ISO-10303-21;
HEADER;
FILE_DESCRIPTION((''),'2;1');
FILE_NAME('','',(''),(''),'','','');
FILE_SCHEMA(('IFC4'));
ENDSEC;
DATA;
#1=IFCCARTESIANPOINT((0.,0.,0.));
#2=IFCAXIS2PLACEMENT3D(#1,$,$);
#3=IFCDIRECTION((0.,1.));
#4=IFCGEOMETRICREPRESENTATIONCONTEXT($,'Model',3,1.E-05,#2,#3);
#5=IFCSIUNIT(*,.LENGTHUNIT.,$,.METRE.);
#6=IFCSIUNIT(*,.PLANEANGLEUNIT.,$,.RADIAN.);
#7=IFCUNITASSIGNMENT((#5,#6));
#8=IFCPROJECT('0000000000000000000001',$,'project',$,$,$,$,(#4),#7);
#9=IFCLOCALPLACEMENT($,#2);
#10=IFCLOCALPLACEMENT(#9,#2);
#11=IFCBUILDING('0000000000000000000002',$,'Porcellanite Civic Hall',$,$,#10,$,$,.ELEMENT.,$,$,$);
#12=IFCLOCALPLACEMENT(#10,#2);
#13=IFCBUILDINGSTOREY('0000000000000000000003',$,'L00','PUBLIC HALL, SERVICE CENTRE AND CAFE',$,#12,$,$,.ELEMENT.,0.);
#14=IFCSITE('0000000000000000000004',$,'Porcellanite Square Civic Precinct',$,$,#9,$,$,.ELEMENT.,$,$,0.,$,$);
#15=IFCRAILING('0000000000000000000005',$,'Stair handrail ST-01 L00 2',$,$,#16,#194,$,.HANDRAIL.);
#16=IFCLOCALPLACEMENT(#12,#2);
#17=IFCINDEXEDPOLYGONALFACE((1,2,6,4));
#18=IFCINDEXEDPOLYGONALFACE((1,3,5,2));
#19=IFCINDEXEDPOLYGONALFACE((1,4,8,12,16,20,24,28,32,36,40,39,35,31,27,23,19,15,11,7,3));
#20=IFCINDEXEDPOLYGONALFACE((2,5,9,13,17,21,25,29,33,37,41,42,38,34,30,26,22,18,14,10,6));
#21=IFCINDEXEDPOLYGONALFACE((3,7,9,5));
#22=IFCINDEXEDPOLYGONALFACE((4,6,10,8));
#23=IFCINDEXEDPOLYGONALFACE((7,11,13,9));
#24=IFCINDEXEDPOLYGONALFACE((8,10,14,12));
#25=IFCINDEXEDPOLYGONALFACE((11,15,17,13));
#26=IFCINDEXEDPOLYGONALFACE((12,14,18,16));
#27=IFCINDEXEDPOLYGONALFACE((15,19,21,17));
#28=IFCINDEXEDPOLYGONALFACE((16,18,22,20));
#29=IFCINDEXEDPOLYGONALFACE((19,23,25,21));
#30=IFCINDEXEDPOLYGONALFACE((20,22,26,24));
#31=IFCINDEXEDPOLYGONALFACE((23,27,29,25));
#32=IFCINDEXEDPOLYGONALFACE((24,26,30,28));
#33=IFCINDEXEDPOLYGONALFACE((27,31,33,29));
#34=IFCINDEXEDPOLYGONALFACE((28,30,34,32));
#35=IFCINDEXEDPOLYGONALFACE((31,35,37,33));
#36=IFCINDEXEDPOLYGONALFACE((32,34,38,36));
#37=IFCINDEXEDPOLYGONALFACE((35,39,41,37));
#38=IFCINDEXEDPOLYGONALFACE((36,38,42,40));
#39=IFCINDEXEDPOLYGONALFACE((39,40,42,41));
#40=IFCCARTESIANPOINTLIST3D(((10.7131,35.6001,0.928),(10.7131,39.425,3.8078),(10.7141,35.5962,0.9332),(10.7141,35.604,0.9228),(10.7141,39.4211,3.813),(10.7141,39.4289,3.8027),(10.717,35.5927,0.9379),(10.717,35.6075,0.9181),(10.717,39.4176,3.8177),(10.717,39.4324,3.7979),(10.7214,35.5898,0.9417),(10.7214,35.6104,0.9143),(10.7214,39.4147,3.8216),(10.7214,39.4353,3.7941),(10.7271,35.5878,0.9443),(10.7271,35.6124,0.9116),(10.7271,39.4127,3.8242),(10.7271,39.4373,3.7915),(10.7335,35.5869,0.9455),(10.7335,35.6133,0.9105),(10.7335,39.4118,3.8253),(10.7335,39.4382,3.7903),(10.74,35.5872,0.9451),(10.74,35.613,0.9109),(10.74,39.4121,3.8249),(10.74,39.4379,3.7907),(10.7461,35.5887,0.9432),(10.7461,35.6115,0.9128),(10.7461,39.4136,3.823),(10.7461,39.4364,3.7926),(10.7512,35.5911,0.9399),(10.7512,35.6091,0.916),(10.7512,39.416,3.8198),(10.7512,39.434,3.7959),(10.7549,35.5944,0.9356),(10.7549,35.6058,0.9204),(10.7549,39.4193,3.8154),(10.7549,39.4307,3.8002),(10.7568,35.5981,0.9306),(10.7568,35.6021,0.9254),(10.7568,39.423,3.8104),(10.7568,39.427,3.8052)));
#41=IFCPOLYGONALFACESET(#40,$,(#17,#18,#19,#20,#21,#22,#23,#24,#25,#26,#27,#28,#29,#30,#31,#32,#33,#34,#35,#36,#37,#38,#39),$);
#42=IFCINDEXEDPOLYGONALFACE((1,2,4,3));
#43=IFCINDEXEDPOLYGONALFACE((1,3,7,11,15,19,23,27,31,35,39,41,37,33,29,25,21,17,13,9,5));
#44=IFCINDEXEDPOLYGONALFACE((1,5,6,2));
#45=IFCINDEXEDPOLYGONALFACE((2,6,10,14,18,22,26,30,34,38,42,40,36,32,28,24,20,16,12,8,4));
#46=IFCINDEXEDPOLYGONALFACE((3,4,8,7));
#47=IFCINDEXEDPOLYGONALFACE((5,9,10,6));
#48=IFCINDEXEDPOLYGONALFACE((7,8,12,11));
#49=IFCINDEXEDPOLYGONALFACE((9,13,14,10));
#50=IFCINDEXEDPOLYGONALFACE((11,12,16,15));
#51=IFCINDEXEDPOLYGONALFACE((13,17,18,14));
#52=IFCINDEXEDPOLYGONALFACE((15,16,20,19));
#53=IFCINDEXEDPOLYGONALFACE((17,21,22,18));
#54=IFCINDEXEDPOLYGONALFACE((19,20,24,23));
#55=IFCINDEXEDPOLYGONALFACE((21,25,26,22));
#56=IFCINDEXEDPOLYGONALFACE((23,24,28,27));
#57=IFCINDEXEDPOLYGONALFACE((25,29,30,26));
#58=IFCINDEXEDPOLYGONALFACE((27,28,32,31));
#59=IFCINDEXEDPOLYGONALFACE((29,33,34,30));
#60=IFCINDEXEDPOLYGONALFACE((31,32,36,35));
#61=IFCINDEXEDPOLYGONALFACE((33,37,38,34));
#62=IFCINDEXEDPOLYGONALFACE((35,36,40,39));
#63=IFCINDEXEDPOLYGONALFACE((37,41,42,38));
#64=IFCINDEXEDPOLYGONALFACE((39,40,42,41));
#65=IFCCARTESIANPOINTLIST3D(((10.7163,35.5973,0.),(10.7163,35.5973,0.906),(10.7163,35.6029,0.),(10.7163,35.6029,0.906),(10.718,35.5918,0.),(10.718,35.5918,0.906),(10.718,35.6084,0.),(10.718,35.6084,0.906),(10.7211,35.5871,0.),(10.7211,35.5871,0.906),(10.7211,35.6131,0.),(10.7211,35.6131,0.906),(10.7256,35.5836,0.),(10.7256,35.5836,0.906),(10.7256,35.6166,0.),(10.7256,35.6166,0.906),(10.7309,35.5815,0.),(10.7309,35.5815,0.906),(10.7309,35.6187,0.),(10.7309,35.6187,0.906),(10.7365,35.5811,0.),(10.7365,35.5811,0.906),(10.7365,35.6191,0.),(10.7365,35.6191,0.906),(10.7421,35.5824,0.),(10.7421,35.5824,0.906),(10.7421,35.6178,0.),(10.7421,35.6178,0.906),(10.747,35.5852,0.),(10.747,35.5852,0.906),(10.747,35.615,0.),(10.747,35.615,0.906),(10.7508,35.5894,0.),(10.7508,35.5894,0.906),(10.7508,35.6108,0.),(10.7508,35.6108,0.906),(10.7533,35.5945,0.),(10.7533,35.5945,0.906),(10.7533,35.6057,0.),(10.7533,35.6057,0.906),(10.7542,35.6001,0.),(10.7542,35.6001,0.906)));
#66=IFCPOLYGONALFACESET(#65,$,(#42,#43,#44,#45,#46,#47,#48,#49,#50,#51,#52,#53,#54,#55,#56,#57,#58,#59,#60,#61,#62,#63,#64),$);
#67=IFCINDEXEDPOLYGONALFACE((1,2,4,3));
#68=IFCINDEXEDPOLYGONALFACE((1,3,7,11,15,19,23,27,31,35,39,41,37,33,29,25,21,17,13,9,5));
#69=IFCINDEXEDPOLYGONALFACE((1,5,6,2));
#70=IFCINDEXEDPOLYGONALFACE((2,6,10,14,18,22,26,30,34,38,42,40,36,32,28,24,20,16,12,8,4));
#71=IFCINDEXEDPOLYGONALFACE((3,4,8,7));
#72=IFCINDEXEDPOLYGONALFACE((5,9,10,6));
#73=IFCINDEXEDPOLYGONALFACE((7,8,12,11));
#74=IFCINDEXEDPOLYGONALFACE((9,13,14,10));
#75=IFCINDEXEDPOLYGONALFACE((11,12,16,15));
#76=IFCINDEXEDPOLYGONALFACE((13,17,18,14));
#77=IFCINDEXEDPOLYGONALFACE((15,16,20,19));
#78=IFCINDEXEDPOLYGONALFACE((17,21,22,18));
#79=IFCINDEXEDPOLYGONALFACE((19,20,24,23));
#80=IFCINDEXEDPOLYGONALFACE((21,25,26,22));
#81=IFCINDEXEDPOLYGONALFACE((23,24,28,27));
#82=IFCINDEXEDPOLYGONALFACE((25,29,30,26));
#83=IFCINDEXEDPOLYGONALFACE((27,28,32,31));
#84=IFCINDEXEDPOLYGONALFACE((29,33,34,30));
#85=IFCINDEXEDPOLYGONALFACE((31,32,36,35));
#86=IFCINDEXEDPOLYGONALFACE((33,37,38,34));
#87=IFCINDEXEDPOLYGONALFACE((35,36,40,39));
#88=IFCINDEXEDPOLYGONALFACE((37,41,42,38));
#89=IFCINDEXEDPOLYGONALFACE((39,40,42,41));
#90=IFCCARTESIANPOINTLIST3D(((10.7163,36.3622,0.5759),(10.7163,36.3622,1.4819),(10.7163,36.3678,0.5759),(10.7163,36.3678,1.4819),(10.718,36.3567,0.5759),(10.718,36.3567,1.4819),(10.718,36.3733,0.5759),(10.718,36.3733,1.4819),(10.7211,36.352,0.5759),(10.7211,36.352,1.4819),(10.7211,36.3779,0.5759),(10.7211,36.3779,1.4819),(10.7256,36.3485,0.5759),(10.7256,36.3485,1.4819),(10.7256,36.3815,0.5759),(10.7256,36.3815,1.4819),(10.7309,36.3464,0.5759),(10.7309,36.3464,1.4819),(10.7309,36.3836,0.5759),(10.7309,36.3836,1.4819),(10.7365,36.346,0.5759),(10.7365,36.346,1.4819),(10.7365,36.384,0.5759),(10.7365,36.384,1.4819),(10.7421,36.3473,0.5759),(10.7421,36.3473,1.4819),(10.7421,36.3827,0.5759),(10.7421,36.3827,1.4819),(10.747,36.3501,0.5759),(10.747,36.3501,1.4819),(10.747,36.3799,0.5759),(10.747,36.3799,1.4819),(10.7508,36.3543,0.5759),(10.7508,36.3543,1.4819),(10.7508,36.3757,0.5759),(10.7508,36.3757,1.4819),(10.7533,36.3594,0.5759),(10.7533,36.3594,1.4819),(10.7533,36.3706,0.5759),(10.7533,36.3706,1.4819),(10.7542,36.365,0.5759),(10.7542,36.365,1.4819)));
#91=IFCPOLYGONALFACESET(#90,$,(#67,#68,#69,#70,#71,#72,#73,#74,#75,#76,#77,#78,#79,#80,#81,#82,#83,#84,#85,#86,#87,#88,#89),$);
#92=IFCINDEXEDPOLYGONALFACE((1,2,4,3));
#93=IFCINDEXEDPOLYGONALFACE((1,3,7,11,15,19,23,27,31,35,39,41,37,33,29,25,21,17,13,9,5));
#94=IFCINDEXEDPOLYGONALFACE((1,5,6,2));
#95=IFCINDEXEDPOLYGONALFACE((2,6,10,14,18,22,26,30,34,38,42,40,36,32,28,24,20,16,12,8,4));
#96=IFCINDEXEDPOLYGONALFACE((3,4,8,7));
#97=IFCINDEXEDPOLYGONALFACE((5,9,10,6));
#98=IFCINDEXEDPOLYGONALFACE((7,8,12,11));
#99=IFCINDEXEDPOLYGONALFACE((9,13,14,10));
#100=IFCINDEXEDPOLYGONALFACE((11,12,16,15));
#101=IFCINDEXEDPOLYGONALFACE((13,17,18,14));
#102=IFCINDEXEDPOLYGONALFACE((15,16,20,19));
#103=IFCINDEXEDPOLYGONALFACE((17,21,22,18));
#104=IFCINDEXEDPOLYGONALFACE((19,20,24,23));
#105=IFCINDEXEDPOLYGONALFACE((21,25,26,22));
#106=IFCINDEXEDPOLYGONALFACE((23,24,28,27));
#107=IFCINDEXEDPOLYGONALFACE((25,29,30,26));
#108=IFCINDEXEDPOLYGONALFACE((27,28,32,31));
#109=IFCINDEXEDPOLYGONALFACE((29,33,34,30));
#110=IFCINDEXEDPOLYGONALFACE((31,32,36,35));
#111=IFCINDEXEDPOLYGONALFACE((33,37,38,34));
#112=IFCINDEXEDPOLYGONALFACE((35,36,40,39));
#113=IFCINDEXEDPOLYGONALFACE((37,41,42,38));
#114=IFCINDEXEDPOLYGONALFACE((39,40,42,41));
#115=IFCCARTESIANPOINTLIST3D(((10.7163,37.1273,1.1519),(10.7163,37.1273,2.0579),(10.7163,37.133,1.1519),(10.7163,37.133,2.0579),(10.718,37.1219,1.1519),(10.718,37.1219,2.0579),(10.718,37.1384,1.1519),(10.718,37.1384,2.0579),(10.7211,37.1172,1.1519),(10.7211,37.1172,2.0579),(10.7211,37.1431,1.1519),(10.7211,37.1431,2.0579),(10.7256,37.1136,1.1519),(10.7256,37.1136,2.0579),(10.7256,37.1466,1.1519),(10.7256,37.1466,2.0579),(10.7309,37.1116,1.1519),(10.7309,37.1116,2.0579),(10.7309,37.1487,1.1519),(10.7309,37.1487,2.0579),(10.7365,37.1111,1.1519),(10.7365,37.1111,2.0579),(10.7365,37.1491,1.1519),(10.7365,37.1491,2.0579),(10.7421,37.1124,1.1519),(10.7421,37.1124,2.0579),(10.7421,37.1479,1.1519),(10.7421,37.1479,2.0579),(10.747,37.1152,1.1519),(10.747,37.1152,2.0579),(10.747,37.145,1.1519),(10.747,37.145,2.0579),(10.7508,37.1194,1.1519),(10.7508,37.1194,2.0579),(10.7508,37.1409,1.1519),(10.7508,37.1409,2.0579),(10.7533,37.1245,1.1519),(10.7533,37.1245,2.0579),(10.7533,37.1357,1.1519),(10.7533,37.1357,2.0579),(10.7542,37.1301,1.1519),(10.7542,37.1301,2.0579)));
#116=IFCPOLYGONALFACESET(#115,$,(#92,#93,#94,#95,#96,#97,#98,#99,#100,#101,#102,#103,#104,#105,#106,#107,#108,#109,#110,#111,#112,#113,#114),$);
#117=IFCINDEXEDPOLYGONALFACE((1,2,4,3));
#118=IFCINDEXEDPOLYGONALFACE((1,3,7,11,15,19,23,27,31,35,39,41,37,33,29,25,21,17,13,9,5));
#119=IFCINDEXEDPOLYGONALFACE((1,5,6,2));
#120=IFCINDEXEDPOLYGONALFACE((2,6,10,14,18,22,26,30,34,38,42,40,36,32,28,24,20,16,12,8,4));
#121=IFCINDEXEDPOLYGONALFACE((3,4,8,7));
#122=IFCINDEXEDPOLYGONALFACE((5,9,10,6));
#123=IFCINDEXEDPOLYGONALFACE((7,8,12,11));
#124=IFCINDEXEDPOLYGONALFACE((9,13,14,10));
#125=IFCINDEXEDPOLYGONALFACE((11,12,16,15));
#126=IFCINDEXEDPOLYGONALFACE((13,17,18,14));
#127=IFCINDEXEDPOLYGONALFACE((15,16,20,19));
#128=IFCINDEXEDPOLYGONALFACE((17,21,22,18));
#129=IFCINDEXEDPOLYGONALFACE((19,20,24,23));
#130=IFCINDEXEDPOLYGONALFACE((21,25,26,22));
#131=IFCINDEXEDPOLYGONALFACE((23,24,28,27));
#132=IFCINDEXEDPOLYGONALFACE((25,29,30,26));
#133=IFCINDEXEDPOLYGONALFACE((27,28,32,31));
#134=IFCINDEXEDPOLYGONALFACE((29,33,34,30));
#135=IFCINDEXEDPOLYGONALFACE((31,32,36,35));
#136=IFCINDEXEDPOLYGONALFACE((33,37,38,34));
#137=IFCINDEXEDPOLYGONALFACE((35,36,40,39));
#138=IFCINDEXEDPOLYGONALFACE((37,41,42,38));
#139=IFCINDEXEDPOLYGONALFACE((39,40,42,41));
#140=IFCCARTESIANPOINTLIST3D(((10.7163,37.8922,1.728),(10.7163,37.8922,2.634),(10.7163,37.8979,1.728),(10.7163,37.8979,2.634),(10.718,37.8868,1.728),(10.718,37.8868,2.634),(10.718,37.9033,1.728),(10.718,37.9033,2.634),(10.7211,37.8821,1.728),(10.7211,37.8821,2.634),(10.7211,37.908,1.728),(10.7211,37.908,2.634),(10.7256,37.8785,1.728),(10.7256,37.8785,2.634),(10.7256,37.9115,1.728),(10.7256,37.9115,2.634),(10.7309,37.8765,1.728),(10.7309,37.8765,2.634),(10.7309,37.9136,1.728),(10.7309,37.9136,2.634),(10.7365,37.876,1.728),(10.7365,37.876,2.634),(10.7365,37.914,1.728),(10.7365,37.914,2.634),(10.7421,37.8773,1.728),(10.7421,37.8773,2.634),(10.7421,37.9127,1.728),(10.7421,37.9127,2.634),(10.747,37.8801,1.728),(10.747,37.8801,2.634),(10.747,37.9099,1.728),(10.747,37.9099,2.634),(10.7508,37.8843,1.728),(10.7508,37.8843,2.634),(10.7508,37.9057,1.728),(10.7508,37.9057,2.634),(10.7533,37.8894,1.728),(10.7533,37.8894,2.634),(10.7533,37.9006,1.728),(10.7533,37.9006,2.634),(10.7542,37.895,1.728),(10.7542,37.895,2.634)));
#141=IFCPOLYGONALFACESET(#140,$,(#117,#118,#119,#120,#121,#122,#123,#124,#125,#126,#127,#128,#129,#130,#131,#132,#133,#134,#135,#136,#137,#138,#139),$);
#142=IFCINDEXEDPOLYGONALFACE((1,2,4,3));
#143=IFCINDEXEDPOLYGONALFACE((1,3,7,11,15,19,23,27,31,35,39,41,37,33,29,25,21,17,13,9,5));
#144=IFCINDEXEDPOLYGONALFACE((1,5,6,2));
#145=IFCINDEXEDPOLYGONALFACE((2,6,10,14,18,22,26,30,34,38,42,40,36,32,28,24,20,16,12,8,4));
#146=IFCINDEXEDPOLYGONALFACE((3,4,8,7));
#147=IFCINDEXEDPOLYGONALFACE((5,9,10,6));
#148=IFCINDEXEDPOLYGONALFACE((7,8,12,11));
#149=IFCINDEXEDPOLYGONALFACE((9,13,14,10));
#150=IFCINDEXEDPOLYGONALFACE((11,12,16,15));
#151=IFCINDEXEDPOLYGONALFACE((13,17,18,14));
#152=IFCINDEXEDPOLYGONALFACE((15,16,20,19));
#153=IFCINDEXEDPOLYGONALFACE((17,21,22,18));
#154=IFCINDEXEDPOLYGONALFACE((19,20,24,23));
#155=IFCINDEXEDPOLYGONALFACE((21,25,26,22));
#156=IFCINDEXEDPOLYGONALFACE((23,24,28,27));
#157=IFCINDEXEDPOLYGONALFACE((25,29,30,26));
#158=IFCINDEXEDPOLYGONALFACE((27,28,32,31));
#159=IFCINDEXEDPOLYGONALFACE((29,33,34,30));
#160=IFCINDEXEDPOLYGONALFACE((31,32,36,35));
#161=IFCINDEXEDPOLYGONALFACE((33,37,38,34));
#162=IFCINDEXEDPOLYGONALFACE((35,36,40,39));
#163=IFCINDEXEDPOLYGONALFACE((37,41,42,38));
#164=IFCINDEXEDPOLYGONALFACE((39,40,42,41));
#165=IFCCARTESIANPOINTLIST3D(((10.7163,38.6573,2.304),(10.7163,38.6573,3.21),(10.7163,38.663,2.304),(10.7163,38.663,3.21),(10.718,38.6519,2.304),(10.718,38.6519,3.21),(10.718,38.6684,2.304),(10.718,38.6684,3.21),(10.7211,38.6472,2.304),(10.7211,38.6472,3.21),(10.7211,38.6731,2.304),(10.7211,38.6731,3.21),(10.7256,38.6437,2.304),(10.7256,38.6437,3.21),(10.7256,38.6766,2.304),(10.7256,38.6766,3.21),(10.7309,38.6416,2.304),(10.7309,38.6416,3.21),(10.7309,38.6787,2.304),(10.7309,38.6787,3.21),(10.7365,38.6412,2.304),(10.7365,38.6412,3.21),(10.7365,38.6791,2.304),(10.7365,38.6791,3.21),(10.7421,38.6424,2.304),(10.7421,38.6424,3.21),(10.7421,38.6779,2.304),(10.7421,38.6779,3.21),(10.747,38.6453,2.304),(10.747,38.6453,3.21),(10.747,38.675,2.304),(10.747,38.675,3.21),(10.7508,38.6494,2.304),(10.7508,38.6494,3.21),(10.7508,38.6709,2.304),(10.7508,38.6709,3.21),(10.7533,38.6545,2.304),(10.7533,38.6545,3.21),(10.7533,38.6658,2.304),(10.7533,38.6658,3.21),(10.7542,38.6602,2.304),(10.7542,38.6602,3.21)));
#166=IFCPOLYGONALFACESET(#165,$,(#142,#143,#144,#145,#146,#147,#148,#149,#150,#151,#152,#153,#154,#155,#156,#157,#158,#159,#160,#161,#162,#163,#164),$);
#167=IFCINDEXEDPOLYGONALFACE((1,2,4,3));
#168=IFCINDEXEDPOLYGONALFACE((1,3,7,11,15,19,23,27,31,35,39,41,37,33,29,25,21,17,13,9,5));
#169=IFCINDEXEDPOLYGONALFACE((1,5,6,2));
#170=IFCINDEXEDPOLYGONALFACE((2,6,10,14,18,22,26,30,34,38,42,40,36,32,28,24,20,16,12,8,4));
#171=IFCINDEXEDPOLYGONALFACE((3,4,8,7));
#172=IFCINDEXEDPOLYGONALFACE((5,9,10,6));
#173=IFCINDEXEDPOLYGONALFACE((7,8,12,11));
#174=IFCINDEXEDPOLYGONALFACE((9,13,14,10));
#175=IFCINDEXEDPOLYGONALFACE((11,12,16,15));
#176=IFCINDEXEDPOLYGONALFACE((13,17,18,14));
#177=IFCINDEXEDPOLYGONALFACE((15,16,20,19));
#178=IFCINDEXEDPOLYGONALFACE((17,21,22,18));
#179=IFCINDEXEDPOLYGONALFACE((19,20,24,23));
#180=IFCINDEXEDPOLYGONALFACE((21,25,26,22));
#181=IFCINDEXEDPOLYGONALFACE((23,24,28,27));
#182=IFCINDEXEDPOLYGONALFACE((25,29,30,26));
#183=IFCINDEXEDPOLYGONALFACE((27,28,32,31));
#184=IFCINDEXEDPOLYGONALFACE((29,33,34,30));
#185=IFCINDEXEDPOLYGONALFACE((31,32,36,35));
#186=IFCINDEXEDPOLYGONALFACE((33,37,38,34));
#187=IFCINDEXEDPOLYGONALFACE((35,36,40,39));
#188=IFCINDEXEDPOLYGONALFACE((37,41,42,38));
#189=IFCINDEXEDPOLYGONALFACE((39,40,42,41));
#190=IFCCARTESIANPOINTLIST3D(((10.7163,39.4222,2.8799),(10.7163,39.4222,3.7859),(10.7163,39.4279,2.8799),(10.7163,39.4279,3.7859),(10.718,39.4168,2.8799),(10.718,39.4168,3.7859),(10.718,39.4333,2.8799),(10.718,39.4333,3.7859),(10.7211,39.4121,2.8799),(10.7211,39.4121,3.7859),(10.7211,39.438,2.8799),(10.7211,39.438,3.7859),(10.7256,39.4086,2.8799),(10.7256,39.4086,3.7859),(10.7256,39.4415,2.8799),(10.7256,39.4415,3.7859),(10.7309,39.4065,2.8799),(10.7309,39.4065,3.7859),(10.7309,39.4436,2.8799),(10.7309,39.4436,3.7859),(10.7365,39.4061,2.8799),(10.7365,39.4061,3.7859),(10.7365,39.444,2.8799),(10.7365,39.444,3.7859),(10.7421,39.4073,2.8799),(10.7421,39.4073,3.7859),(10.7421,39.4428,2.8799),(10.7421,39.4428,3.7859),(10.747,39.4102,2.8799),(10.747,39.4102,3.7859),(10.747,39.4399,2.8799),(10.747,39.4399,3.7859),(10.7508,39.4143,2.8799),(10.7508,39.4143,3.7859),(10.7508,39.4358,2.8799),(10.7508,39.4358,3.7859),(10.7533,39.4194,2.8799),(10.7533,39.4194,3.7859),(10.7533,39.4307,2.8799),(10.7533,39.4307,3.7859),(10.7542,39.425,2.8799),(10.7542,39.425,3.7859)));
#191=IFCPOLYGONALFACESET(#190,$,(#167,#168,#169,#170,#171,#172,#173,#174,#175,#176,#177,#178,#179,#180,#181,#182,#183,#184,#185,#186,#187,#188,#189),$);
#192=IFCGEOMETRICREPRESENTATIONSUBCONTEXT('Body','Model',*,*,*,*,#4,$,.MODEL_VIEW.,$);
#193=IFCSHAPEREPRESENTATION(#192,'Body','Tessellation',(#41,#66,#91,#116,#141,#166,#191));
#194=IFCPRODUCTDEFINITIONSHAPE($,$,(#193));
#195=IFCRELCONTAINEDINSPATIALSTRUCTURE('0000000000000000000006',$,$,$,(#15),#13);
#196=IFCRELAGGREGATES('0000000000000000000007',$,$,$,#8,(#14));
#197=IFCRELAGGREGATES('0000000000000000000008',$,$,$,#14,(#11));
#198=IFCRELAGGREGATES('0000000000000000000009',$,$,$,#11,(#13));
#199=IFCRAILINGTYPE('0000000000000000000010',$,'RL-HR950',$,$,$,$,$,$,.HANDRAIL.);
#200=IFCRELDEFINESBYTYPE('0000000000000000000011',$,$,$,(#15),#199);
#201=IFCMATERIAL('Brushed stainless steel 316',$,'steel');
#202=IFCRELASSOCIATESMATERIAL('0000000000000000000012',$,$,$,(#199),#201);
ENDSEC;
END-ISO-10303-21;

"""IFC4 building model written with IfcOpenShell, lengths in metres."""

from ifc_helpers import new_model, si_unit, direction, frame, origin, origin_2d, place, context, subcontext, project, spatial, circle, extrude, material, type_object, element, save


model = new_model("IFC4")

# Units and contexts
model_context = context("Model", 3, precision=1e-05, world=origin(), true_north=direction((0.0, 1.0)))
body_context = subcontext(model_context, "Body", "Model", "MODEL_VIEW")
ifc_project = project(units=[si_unit("LENGTHUNIT", "METRE"), si_unit("PLANEANGLEUNIT", "RADIAN")], contexts=[model_context])

# Site, building, storey
site_placement = place(None, origin())
site = spatial("IfcSite", under=ifc_project, at=site_placement, Name="Porcellanite Square Civic Precinct", CompositionType="ELEMENT", RefElevation=0.0)
building_placement = place(site_placement, origin())
building = spatial("IfcBuilding", under=site, at=building_placement, Name="Porcellanite Civic Hall", CompositionType="ELEMENT")
storey_placement = place(building_placement, origin())
storey = spatial("IfcBuildingStorey", under=building, at=storey_placement, Name="L00", Description="PUBLIC HALL, SERVICE CENTRE AND CAFE", CompositionType="ELEMENT", Elevation=0.0)

# Railing
ifc_material_1 = material(Name="Brushed stainless steel 316", Category="steel")
railing_type_1 = type_object("IfcRailingType", Name="RL-HR950", PredefinedType="HANDRAIL", material=ifc_material_1)
railing_1_placement = place(storey_placement, frame((10.7351, 35.6001, 0.0)))
element("IfcRailing", 1, at=railing_1_placement, inside=storey, type_object=railing_type_1, Name="Stair handrail ST-01 L00 2", PredefinedType="HANDRAIL", context=body_context, shape_type="SweptSolid", body=[
    extrude(circle(Radius=0.022, at=origin_2d()), frame((0.0, 0.0, 0.928), z_axis=(0.0, 0.798879, 0.601492), x_axis=(-1.0, 0.0, 0.0)), (0.0, 0.0, 1.0), 4.7878),
    extrude(circle(Radius=0.019, at=origin_2d()), origin(), (0.0, 0.0, 1.0), 0.906),
    extrude(circle(Radius=0.019, at=origin_2d()), frame((0.0, 0.7649, 0.5759)), (0.0, 0.0, 1.0), 0.906),
    extrude(circle(Radius=0.019, at=origin_2d()), frame((0.0, 1.53, 1.1519)), (0.0, 0.0, 1.0), 0.906),
    extrude(circle(Radius=0.019, at=origin_2d()), frame((0.0, 2.2949, 1.728)), (0.0, 0.0, 1.0), 0.906),
    extrude(circle(Radius=0.019, at=origin_2d()), frame((0.0, 3.0601, 2.304)), (0.0, 0.0, 1.0), 0.906),
    extrude(circle(Radius=0.019, at=origin_2d()), frame((0.0, 3.825, 2.8799)), (0.0, 0.0, 1.0), 0.906),
])

save(model, "model.ifc")
